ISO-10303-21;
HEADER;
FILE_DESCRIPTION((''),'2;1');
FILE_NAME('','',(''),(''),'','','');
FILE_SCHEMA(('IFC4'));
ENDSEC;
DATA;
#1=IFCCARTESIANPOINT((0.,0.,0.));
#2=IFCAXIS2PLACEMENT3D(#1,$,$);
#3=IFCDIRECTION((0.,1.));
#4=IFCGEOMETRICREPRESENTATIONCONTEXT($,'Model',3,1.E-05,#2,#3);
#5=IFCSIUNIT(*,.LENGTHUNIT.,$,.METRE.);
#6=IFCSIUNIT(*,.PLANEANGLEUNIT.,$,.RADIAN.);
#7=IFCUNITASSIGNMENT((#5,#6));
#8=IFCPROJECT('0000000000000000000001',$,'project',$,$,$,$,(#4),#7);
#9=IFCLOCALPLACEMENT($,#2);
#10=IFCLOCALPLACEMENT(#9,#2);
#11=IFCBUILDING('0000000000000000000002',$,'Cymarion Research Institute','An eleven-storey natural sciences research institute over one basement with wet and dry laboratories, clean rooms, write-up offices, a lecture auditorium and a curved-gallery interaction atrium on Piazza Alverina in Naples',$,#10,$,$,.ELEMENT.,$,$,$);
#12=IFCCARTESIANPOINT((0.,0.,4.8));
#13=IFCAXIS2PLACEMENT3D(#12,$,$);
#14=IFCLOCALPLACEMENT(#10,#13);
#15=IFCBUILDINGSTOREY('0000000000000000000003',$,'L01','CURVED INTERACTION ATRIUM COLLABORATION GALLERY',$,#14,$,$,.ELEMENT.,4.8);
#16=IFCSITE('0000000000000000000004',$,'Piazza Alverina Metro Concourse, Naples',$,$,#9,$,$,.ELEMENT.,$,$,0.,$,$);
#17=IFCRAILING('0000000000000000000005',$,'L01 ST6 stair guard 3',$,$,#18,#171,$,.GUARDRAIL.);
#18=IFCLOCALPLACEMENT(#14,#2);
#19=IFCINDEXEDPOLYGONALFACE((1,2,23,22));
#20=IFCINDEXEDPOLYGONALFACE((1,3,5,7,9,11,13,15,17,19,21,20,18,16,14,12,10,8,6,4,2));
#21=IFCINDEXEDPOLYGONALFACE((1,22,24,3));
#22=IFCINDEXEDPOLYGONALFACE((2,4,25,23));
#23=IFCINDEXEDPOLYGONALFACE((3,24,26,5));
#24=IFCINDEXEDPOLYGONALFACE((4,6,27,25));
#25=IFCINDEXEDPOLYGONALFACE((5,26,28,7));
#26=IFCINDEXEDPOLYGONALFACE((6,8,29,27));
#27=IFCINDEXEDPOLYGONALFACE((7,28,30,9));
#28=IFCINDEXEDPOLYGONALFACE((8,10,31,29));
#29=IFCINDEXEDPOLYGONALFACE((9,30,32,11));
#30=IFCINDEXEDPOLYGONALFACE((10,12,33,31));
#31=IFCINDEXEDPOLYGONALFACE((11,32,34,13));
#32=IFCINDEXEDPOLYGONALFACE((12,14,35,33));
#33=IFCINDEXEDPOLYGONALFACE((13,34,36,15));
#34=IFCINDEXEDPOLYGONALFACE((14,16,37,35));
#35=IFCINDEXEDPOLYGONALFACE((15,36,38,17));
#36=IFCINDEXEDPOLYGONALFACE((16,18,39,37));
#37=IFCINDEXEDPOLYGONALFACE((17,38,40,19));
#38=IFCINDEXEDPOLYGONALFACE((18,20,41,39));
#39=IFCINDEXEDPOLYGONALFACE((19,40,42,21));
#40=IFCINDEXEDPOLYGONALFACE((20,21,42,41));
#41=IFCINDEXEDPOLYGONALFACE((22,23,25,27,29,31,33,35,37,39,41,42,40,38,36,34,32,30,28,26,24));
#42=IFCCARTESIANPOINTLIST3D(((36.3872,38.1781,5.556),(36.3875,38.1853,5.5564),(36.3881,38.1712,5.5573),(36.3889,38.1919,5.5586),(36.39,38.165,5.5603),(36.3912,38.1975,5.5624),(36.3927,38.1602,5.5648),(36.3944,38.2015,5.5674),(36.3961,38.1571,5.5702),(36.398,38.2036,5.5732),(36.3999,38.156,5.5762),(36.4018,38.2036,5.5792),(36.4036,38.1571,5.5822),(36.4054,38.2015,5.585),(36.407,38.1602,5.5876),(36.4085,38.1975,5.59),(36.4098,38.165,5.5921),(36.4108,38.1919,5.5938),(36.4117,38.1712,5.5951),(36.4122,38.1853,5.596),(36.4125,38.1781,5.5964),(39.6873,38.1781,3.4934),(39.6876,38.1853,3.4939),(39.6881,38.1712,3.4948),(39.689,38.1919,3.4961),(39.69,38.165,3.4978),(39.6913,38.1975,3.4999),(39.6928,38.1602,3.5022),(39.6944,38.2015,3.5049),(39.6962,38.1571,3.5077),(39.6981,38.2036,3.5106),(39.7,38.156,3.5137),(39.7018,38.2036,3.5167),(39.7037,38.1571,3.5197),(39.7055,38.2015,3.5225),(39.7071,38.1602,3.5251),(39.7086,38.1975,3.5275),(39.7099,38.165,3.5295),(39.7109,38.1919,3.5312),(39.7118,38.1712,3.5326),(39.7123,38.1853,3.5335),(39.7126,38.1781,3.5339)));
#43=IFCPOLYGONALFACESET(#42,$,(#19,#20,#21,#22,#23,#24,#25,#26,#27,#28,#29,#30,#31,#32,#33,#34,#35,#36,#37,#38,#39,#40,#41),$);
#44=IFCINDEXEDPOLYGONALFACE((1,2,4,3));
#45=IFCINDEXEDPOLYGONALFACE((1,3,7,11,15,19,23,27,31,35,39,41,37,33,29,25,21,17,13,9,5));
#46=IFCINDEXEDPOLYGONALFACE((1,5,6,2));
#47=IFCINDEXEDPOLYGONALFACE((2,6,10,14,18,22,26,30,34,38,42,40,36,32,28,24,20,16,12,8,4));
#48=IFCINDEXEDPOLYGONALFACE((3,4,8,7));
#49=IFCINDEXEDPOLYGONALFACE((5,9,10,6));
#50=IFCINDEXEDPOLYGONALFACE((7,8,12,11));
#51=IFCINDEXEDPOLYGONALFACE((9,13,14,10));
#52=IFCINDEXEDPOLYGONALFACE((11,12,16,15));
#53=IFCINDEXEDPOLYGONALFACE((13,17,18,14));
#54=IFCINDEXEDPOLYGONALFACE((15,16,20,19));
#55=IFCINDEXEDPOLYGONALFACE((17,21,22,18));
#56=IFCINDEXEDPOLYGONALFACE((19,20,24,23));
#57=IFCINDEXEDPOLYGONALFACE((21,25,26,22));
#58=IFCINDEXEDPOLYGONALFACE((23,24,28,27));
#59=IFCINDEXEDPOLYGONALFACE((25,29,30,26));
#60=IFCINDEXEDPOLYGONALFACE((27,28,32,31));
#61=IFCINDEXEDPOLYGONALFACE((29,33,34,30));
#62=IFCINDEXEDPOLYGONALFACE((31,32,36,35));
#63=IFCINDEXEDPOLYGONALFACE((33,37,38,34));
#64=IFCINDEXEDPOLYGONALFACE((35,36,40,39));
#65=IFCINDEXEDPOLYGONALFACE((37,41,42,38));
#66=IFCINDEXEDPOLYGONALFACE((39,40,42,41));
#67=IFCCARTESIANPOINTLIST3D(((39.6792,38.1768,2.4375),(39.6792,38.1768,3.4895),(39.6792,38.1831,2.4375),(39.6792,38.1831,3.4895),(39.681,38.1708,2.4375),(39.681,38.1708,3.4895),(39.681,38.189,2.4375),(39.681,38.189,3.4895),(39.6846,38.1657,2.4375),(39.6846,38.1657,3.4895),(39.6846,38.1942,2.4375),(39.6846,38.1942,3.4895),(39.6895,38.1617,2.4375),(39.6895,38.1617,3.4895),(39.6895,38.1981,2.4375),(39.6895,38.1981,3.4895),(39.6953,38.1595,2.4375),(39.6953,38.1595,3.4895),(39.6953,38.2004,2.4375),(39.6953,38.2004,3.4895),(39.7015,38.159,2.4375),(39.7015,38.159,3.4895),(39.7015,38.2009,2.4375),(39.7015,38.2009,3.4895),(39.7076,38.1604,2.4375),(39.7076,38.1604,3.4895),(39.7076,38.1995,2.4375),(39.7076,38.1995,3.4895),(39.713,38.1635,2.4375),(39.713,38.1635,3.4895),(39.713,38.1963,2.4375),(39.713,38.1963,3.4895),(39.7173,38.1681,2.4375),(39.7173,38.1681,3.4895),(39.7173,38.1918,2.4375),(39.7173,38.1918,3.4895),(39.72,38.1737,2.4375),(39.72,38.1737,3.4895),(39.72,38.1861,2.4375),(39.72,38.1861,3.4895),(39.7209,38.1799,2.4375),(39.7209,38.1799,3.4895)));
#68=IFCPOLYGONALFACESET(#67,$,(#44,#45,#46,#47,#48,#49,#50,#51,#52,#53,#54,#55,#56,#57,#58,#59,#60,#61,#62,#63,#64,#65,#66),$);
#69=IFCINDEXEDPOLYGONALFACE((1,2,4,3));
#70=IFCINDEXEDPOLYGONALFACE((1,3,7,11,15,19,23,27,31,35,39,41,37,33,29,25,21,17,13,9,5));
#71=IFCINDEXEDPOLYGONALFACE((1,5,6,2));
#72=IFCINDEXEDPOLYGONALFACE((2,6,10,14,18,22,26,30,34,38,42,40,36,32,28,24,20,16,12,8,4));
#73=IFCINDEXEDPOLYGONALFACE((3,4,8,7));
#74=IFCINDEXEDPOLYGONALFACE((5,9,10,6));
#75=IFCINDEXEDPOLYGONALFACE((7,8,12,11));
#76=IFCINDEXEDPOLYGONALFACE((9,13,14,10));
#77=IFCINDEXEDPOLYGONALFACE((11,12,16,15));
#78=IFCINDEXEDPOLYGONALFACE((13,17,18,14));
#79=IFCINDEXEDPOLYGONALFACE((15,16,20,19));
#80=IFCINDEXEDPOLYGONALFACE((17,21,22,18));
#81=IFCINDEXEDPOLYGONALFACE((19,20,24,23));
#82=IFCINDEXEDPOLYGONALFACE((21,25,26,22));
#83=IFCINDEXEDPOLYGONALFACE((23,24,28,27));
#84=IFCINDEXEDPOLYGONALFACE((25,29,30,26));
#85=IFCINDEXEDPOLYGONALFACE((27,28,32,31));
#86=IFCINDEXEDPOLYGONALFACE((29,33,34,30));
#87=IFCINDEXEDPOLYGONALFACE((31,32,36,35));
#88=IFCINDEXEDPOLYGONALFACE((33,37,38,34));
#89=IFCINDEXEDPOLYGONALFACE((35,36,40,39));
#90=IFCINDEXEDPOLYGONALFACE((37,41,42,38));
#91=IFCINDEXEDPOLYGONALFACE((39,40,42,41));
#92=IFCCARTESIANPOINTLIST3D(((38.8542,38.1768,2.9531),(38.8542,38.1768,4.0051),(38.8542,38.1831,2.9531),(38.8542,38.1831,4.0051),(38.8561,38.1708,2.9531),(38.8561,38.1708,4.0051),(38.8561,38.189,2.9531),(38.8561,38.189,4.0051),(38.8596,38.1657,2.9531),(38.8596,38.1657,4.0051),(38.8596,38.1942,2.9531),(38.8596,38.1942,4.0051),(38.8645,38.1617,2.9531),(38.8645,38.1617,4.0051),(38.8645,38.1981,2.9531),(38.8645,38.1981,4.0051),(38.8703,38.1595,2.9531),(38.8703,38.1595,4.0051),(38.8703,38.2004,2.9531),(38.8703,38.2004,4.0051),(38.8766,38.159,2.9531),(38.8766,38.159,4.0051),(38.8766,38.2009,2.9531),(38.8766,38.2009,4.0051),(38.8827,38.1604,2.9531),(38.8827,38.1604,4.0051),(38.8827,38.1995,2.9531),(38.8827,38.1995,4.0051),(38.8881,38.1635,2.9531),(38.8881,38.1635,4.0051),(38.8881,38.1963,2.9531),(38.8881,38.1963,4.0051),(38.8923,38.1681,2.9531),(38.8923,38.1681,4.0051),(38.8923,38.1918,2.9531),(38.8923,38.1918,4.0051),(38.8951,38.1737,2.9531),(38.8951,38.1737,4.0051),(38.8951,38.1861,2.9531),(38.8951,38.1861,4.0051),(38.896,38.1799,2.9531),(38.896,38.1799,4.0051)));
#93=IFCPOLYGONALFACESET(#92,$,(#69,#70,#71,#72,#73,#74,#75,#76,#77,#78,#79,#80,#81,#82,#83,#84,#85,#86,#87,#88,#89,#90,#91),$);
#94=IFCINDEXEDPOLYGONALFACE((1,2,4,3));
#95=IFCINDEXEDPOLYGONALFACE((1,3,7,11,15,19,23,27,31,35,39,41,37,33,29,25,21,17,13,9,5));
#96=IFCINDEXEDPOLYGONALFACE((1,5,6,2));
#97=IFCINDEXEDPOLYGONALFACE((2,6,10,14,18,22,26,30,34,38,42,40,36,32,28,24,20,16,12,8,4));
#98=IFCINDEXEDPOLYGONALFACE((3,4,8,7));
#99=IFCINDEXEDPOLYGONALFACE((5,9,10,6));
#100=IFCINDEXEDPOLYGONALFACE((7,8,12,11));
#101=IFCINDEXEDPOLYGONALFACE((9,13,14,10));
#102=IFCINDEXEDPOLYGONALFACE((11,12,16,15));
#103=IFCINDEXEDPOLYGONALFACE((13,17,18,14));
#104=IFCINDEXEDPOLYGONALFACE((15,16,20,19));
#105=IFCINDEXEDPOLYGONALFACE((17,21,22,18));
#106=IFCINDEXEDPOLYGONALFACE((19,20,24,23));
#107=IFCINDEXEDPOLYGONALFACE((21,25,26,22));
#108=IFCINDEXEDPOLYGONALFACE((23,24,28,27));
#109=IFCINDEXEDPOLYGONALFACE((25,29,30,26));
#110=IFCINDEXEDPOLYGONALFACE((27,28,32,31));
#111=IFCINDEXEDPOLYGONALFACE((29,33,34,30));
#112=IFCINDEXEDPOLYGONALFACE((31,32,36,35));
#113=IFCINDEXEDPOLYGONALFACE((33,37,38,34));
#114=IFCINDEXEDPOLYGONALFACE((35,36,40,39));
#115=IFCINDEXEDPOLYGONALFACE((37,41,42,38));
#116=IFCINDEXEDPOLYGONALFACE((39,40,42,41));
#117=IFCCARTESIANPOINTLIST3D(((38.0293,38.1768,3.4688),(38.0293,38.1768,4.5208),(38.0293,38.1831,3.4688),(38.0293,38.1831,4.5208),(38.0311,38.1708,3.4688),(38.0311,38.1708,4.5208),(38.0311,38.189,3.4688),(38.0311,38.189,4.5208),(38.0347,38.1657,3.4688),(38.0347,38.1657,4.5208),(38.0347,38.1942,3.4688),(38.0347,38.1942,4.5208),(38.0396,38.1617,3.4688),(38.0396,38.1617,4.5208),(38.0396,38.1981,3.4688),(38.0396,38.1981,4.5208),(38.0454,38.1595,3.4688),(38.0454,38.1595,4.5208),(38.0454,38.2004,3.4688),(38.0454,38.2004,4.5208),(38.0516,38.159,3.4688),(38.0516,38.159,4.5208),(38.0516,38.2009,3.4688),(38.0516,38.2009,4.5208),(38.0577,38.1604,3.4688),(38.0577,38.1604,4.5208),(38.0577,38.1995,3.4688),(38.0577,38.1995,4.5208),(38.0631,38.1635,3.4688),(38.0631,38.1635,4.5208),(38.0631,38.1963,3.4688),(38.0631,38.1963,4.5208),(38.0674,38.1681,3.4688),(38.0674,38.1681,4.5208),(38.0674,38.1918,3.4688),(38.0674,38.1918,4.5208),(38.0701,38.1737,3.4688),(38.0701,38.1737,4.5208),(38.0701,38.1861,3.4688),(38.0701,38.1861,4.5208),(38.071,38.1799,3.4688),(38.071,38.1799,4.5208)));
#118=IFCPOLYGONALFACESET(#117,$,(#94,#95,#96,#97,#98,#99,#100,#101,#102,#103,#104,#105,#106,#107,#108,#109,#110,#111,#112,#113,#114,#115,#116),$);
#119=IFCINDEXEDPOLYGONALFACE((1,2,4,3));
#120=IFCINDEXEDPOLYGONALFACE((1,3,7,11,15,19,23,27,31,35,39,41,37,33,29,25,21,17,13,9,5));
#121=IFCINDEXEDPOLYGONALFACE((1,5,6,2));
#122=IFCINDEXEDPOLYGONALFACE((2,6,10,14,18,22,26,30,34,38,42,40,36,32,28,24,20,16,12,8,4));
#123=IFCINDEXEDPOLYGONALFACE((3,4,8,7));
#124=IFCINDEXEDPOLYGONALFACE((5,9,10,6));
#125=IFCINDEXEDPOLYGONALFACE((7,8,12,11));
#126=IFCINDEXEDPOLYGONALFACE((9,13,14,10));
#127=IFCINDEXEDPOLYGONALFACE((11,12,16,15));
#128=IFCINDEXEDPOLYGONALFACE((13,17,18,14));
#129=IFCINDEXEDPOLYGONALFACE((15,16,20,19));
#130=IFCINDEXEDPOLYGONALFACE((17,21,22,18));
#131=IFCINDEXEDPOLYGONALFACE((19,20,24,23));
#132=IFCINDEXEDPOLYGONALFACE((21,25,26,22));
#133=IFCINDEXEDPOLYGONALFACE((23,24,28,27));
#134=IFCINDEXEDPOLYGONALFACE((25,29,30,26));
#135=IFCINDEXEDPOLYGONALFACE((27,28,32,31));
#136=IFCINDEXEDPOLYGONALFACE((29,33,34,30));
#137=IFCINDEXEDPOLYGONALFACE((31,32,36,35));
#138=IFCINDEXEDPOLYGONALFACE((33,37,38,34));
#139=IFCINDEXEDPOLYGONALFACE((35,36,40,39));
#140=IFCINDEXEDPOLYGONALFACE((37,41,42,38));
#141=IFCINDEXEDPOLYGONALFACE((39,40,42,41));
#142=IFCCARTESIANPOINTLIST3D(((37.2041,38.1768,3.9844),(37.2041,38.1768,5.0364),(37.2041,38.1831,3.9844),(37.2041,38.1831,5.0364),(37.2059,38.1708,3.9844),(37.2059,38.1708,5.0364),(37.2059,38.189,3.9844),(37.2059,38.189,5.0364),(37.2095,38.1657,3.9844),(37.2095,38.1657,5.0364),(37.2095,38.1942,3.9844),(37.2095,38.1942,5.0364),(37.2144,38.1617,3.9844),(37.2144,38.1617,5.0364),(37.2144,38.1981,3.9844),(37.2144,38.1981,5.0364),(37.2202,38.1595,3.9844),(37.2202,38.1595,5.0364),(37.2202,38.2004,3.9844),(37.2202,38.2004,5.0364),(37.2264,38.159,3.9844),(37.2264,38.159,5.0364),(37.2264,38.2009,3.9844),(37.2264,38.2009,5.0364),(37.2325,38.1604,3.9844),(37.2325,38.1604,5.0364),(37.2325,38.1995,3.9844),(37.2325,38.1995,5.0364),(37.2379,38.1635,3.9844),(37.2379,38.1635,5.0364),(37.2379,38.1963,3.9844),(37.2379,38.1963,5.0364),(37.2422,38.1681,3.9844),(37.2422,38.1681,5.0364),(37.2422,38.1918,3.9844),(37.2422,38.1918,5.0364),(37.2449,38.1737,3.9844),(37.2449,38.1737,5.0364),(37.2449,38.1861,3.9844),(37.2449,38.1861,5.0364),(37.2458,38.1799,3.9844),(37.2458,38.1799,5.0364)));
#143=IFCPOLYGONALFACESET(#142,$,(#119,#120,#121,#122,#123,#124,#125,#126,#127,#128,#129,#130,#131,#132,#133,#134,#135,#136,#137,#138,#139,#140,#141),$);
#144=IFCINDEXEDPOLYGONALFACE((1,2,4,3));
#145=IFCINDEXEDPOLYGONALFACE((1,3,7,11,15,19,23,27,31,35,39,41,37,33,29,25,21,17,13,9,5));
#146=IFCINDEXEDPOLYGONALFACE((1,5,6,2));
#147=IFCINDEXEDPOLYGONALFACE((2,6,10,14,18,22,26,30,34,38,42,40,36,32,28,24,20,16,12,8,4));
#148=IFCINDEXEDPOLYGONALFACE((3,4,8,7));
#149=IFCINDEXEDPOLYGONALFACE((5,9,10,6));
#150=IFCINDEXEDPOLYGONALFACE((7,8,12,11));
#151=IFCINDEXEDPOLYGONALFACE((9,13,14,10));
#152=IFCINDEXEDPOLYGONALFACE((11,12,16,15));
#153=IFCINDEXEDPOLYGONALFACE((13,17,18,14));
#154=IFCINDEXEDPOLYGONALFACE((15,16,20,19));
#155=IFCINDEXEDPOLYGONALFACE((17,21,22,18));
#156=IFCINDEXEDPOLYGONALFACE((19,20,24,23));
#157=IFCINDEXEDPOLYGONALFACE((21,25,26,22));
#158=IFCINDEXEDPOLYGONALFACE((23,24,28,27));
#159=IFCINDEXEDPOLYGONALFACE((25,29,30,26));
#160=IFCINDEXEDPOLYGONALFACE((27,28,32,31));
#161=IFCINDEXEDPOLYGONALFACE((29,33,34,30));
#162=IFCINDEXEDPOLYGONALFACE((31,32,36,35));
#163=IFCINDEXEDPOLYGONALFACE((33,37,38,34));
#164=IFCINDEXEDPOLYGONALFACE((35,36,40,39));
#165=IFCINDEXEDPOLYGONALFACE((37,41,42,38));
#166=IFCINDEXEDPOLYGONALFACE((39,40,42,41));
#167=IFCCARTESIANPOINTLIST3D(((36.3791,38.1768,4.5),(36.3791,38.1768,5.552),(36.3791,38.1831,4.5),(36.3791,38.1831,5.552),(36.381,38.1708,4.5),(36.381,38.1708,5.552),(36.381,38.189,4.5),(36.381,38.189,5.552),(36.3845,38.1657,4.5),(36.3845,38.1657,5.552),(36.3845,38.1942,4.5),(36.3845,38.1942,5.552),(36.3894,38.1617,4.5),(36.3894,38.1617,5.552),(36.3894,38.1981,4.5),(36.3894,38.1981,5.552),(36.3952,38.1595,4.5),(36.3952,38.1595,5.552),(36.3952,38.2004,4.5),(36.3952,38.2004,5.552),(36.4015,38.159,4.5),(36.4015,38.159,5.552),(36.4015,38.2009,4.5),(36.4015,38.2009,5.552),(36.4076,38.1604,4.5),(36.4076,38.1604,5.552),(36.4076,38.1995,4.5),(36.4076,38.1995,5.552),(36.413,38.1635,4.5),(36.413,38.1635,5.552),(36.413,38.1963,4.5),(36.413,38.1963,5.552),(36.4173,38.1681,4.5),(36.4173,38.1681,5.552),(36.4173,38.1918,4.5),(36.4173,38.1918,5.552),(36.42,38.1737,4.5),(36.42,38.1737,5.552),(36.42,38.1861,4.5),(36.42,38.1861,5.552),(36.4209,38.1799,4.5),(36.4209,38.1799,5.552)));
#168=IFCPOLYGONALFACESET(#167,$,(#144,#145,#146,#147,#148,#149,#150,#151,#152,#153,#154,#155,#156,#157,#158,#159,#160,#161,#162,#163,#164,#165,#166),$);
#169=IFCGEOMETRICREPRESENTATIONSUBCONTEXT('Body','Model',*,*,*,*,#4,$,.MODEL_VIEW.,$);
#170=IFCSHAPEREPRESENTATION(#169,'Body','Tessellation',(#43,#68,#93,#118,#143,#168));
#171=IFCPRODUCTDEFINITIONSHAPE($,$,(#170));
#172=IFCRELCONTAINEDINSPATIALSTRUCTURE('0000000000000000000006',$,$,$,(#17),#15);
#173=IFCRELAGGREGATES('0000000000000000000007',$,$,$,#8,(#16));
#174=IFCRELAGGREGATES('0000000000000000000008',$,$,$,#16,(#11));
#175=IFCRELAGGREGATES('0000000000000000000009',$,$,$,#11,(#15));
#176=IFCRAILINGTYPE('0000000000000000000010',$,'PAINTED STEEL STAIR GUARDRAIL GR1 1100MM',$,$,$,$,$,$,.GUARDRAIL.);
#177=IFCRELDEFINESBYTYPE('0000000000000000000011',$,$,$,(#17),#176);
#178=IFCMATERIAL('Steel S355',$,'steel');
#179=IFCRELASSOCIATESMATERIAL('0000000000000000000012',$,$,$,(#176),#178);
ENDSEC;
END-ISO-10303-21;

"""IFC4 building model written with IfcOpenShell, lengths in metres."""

from ifc_helpers import new_model, si_unit, direction, frame, origin, origin_2d, place, context, subcontext, project, spatial, circle, extrude, material, type_object, element, save


model = new_model("IFC4")

# Units and contexts
model_context = context("Model", 3, precision=1e-05, world=origin(), true_north=direction((0.0, 1.0)))
body_context = subcontext(model_context, "Body", "Model", "MODEL_VIEW")
ifc_project = project(units=[si_unit("LENGTHUNIT", "METRE"), si_unit("PLANEANGLEUNIT", "RADIAN")], contexts=[model_context])

# Site, building, storey
site_placement = place(None, origin())
site = spatial("IfcSite", under=ifc_project, at=site_placement, Name="Piazza Alverina Metro Concourse, Naples", CompositionType="ELEMENT", RefElevation=0.0)
building_placement = place(site_placement, origin())
building = spatial("IfcBuilding", under=site, at=building_placement, Name="Cymarion Research Institute", Description="An eleven-storey natural sciences research institute over one basement with wet and dry laboratories, clean rooms, write-up offices, a lecture auditorium and a curved-gallery interaction atrium on Piazza Alverina in Naples", CompositionType="ELEMENT")
storey_placement = place(building_placement, frame((0.0, 0.0, 4.8)))
storey = spatial("IfcBuildingStorey", under=building, at=storey_placement, Name="L01", Description="CURVED INTERACTION ATRIUM COLLABORATION GALLERY", CompositionType="ELEMENT", Elevation=4.8)

# Shared definitions
ifc_material_1 = material(Name="Steel S355", Category="steel")

# Railing
railing_type_1 = type_object("IfcRailingType", Name="PAINTED STEEL STAIR GUARDRAIL GR1 1100MM", PredefinedType="GUARDRAIL", material=ifc_material_1)
railing_1_placement = place(storey_placement, frame((39.7, 38.1799, 2.4375)))
element("IfcRailing", 1, at=railing_1_placement, inside=storey, type_object=railing_type_1, Name="L01 ST6 stair guard 3", PredefinedType="GUARDRAIL", context=body_context, shape_type="SweptSolid", body=[
    extrude(circle(Radius=0.0239, at=origin_2d()), frame((0.0, 0.0, 1.0762), z_axis=(-0.848002, 0.0, 0.529993), x_axis=(0.0, -1.0, 0.0)), (0.0, 0.0, 1.0), 3.8916),
    extrude(circle(Radius=0.021, at=origin_2d()), origin(), (0.0, 0.0, 1.0), 1.052),
    extrude(circle(Radius=0.021, at=origin_2d()), frame((-0.825, 0.0, 0.5156)), (0.0, 0.0, 1.0), 1.052),
    extrude(circle(Radius=0.021, at=origin_2d()), frame((-1.6499, 0.0, 1.0312)), (0.0, 0.0, 1.0), 1.052),
    extrude(circle(Radius=0.021, at=origin_2d()), frame((-2.4751, 0.0, 1.5469)), (0.0, 0.0, 1.0), 1.052),
    extrude(circle(Radius=0.021, at=origin_2d()), frame((-3.3, 0.0, 2.0625)), (0.0, 0.0, 1.0), 1.052),
])

save(model, "model.ifc")
